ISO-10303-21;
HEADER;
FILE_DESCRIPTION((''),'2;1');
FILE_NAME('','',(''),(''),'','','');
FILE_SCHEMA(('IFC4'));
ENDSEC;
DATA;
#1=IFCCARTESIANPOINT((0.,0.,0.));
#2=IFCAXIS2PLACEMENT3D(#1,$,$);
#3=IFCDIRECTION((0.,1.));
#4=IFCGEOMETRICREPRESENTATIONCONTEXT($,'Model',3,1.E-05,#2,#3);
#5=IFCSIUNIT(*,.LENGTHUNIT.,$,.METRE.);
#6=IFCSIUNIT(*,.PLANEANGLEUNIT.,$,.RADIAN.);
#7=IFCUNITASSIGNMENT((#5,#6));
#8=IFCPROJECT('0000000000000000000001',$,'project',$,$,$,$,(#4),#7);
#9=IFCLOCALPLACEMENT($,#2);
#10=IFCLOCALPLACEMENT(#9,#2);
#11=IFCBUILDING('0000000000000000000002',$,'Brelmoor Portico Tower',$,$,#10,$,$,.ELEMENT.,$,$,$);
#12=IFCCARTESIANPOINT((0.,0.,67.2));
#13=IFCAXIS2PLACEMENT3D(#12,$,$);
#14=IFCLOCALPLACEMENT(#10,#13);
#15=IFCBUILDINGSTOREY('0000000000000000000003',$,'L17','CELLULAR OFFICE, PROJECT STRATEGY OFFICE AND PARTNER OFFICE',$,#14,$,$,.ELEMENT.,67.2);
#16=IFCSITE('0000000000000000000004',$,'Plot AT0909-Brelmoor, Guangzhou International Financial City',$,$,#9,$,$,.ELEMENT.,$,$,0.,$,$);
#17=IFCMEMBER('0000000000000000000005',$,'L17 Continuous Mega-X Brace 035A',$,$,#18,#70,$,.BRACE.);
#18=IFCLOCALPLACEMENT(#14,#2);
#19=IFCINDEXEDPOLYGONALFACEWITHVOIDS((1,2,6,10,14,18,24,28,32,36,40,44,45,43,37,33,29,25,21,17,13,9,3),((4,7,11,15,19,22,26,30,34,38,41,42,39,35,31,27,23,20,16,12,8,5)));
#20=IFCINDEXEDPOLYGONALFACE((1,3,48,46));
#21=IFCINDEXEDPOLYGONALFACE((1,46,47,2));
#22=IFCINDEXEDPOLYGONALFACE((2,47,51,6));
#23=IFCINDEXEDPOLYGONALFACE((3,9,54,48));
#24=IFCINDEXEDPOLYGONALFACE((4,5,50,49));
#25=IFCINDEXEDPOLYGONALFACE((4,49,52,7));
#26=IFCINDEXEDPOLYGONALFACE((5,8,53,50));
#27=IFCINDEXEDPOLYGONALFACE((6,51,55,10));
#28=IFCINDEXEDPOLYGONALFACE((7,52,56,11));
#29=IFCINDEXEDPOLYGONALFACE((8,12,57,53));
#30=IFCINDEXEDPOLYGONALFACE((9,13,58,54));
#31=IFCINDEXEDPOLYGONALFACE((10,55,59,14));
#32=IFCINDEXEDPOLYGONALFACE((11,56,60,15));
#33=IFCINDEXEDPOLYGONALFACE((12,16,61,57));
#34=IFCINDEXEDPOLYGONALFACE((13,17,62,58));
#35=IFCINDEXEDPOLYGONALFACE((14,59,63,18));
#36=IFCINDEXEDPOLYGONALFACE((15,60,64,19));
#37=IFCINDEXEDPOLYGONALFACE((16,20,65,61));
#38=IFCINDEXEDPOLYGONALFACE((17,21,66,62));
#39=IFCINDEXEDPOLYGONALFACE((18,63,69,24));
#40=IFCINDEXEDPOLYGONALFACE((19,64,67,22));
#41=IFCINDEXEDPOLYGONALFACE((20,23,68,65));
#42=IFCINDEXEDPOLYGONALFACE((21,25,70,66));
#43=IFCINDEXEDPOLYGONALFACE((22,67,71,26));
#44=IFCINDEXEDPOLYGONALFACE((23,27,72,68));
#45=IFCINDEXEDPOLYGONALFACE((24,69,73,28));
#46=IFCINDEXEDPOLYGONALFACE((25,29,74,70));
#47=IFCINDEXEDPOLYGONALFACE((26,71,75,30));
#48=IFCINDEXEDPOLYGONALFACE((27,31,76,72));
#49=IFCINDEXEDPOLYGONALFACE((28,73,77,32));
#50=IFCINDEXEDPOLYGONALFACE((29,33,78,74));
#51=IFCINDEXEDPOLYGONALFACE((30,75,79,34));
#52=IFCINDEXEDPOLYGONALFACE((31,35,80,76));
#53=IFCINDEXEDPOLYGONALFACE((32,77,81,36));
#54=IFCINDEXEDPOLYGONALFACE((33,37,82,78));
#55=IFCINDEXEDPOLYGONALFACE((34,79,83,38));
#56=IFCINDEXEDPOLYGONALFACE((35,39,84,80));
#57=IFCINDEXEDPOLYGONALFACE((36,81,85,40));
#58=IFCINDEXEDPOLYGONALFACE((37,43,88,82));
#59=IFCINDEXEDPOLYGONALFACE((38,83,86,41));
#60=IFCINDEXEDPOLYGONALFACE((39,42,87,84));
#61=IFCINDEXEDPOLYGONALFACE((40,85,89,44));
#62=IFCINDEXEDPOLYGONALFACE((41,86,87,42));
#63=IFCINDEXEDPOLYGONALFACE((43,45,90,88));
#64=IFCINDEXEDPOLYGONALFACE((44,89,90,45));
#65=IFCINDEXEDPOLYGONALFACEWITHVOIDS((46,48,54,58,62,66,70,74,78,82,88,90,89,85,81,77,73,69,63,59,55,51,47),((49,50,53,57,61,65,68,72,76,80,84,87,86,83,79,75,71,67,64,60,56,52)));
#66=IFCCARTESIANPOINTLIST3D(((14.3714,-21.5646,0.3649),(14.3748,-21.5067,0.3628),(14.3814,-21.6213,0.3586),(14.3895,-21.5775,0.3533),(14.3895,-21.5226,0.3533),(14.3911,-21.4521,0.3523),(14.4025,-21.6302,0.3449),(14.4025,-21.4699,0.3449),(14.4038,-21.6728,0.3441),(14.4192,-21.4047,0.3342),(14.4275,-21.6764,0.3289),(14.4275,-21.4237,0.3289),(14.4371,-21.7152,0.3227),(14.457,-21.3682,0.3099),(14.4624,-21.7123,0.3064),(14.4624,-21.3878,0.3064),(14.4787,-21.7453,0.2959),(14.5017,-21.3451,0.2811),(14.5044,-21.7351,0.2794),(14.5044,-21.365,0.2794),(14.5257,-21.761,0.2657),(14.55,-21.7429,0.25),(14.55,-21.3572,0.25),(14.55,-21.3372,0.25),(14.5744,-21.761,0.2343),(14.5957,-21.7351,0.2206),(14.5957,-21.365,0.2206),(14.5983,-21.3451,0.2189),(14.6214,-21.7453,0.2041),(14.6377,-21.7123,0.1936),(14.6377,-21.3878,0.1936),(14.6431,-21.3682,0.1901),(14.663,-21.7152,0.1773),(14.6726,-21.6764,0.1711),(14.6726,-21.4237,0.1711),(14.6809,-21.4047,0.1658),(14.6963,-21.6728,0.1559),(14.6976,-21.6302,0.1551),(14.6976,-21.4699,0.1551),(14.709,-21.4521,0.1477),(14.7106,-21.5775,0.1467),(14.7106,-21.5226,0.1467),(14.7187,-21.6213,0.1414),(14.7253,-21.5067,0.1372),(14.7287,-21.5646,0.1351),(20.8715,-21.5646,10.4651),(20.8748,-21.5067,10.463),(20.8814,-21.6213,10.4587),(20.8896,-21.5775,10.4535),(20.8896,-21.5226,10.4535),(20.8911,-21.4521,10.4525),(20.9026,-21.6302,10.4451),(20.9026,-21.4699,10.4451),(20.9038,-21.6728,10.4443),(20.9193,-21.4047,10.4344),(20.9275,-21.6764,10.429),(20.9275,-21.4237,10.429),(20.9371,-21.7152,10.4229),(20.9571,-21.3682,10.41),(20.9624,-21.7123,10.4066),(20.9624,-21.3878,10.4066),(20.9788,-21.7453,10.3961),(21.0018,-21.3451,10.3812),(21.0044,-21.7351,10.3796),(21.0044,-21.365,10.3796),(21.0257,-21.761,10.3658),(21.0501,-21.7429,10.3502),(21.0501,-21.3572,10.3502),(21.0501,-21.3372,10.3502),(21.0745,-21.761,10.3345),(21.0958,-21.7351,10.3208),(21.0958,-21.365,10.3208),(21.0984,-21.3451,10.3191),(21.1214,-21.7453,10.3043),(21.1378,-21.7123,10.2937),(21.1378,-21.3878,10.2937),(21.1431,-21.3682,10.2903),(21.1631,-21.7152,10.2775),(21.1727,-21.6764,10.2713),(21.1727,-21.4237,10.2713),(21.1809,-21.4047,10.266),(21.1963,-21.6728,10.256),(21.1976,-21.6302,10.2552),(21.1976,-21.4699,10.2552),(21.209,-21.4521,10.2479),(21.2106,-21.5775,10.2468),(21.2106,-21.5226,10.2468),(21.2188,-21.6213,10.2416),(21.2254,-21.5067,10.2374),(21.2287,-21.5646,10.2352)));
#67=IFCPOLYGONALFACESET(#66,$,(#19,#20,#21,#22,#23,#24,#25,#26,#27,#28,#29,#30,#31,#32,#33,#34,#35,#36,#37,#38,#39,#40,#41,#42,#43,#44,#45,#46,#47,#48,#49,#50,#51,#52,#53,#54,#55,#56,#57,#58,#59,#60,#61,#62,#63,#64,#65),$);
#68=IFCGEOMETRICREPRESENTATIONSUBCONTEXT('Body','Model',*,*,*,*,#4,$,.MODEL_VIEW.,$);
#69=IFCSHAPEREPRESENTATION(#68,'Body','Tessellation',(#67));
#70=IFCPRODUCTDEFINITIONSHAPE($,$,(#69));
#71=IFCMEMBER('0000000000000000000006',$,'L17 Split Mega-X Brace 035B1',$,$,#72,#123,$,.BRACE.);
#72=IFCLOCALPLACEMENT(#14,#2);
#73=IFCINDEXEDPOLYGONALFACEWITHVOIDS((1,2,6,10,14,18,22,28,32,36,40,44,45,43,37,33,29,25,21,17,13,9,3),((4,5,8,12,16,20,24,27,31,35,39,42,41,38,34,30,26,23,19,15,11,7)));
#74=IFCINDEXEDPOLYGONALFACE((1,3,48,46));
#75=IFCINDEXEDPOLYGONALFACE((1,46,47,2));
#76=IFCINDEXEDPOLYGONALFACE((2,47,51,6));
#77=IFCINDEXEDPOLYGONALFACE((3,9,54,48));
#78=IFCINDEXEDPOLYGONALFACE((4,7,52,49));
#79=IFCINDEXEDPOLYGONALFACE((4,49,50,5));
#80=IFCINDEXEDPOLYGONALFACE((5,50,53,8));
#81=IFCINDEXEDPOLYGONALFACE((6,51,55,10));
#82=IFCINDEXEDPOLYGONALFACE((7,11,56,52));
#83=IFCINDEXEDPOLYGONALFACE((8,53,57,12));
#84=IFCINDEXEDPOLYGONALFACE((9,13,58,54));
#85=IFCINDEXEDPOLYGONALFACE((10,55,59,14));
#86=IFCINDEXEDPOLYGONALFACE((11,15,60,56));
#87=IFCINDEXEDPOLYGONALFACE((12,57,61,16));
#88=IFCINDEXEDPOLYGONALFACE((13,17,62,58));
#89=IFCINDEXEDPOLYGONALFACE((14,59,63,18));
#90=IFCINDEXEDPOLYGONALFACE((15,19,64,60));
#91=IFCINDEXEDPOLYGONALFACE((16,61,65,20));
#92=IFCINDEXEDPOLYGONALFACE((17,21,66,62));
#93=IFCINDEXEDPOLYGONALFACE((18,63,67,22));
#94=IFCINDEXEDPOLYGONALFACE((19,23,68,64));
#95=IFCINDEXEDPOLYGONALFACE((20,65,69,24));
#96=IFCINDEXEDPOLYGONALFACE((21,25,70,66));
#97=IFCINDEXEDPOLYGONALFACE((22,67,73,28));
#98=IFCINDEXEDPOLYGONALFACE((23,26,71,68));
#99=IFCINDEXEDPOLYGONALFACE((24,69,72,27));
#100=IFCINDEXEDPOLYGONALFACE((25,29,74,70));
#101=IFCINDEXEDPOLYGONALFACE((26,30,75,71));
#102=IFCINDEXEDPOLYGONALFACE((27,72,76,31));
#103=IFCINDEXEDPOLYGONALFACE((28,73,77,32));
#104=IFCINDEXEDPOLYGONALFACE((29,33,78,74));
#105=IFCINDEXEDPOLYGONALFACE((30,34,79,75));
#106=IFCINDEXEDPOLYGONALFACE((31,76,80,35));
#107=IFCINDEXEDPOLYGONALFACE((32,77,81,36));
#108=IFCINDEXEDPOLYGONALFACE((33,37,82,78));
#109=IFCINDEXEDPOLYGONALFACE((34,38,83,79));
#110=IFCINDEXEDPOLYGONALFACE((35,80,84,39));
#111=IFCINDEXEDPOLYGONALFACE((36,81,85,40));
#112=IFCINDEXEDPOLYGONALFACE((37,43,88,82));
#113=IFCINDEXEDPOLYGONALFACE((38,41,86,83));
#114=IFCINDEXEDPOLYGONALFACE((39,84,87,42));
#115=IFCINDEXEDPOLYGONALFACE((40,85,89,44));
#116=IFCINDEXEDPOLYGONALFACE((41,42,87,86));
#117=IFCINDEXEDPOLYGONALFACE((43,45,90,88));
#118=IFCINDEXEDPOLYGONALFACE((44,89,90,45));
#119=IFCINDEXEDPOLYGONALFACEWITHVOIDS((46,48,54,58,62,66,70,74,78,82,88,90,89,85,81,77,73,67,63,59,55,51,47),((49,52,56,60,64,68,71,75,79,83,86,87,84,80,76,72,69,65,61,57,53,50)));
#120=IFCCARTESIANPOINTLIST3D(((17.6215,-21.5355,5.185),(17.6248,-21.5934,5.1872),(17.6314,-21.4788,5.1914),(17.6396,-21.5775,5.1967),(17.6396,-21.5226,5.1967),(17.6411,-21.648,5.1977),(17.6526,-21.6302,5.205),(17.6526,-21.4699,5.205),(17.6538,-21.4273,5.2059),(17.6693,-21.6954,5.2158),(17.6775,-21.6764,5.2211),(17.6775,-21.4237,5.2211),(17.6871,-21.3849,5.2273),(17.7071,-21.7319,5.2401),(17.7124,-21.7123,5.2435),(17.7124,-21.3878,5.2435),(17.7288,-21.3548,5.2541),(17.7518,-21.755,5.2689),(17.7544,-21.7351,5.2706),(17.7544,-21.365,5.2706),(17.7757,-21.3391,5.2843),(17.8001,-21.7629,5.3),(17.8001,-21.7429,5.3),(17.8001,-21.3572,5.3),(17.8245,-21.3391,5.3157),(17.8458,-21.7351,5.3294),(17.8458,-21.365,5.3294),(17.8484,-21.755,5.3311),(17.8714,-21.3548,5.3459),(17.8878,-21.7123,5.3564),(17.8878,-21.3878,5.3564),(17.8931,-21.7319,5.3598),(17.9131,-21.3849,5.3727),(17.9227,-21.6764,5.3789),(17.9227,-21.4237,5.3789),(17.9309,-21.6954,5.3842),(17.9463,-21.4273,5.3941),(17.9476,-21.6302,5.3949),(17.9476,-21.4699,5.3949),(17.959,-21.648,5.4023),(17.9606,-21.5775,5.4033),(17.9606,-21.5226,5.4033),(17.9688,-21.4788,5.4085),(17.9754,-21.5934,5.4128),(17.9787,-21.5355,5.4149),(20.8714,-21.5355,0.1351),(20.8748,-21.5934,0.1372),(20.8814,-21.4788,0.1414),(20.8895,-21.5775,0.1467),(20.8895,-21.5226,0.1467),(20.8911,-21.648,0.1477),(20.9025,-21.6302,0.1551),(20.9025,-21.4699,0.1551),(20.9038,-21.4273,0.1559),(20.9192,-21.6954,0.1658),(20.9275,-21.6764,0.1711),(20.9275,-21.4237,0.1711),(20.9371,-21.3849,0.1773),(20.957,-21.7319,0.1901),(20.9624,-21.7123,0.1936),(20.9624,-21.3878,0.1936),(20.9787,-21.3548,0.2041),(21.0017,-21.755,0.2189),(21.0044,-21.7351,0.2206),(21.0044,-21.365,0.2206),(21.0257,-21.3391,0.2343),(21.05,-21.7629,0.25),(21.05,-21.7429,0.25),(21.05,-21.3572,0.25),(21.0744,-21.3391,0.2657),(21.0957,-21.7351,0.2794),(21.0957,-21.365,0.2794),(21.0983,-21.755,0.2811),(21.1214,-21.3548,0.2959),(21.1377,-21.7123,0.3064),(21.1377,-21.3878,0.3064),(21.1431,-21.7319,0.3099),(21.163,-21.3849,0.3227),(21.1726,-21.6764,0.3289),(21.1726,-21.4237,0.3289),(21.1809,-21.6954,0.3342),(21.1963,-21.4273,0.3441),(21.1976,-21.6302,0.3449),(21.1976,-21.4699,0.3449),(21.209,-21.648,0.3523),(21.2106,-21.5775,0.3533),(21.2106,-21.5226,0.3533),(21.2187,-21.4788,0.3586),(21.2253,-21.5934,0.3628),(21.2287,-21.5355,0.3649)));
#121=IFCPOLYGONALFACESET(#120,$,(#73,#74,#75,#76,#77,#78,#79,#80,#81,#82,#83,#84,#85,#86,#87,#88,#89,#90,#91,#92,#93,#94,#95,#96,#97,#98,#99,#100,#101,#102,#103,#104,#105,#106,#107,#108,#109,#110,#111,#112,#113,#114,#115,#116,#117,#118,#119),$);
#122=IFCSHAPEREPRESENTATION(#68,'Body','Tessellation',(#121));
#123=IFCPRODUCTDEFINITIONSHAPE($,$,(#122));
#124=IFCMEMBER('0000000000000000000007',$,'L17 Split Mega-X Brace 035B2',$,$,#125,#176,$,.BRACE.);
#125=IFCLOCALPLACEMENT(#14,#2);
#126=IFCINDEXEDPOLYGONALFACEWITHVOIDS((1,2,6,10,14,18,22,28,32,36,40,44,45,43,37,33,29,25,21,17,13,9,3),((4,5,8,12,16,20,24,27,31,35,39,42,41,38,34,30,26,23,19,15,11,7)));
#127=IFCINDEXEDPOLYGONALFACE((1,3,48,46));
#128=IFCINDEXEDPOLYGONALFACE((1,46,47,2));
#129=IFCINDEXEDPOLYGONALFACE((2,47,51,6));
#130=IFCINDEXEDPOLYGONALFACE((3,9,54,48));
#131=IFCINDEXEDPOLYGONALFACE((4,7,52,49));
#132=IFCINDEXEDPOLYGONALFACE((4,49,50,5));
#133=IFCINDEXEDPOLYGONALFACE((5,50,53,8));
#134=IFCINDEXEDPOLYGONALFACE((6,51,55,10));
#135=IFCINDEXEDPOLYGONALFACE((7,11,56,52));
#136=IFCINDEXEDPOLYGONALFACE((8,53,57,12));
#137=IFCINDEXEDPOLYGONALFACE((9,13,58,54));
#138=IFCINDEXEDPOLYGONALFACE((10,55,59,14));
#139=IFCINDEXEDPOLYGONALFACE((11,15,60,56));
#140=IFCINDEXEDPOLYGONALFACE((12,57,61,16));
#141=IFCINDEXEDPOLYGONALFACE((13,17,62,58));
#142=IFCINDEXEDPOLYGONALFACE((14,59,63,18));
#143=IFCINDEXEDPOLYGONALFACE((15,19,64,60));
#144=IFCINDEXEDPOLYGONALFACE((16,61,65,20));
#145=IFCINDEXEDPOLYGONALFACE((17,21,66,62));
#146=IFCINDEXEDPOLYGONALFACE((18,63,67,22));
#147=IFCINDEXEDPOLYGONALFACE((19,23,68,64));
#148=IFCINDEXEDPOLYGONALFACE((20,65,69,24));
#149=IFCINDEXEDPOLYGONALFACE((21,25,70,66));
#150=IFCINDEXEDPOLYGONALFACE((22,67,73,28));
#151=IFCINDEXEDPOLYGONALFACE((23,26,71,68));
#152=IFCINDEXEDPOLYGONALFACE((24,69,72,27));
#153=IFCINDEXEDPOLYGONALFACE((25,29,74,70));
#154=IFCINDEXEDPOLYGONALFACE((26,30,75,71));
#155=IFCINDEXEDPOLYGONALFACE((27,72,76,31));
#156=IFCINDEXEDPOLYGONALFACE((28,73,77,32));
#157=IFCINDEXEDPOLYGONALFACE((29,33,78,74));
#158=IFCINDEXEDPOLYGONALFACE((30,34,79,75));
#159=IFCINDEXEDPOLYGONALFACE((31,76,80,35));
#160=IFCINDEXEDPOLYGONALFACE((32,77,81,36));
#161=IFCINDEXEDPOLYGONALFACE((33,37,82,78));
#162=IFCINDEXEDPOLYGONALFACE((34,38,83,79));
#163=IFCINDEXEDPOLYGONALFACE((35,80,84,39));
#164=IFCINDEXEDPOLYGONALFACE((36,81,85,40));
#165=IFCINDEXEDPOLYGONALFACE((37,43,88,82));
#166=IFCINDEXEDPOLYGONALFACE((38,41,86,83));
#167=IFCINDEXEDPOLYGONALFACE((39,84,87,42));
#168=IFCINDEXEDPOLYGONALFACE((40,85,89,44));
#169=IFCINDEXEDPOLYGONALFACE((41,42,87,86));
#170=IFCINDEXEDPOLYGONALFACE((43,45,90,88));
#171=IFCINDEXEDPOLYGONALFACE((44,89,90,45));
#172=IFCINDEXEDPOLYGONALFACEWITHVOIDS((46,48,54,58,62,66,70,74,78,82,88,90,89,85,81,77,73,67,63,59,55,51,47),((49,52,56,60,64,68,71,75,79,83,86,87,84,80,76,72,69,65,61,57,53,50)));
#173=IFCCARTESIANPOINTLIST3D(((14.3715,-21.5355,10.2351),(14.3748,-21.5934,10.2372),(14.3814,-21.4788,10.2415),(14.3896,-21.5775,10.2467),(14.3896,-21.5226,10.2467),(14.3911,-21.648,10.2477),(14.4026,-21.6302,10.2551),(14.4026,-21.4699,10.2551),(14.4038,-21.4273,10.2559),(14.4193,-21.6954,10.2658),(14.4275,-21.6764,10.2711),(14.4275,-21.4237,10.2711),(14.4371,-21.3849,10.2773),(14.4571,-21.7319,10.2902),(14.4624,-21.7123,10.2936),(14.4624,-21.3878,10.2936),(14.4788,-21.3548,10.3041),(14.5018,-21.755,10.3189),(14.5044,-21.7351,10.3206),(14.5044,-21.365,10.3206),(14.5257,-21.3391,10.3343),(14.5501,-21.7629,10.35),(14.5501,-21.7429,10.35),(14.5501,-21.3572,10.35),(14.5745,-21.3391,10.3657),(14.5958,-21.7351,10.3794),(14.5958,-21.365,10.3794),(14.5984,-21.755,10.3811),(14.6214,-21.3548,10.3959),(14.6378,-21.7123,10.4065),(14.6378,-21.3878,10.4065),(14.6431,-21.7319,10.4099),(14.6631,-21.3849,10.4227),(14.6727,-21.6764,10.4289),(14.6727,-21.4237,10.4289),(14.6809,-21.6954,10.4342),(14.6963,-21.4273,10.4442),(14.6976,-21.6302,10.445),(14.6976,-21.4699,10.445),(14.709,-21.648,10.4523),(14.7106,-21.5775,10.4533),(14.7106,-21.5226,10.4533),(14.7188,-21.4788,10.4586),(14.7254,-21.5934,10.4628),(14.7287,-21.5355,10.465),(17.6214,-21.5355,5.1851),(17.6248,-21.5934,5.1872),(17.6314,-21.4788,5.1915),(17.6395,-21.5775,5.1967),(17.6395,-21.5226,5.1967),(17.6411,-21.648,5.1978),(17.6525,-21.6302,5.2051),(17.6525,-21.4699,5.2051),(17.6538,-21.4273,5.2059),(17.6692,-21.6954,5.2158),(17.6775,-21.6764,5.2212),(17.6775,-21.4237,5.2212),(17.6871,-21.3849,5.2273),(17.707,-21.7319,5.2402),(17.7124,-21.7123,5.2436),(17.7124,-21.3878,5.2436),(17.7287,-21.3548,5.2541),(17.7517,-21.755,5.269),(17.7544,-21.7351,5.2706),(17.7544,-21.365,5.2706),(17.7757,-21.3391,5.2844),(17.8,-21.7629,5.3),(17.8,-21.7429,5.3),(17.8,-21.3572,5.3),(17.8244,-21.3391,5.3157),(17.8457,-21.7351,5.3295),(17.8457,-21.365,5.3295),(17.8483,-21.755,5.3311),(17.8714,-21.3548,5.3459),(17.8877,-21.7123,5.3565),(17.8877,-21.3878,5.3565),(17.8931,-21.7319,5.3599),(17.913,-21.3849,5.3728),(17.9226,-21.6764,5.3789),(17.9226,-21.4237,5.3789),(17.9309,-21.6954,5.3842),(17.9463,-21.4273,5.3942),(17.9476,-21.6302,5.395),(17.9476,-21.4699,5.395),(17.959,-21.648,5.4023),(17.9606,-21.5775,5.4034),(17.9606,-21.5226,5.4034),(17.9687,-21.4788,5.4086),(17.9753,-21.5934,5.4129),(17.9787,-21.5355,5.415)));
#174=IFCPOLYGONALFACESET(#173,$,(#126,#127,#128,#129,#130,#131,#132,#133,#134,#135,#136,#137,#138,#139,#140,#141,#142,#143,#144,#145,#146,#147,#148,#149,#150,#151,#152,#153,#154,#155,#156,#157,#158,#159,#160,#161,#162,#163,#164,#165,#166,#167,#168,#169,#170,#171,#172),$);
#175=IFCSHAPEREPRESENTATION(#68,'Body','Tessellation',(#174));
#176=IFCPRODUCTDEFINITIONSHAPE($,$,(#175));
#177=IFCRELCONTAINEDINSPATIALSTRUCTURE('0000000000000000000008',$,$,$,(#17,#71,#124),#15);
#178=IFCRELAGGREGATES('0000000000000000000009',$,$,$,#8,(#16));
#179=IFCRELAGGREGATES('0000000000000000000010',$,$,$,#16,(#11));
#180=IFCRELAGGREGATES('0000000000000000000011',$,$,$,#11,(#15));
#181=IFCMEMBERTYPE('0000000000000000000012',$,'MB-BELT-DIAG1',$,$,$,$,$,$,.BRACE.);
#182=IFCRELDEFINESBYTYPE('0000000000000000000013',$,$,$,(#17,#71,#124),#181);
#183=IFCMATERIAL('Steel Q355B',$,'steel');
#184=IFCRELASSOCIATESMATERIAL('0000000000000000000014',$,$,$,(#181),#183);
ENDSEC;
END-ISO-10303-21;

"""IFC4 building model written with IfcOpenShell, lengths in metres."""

from ifc_helpers import new_model, si_unit, direction, frame, origin, origin_2d, place, context, subcontext, project, spatial, hollow_circle, extrude, material, material_profile, profile_set, type_object, element, save


model = new_model("IFC4")

# Units and contexts
model_context = context("Model", 3, precision=1e-05, world=origin(), true_north=direction((0.0, 1.0)))
body_context = subcontext(model_context, "Body", "Model", "MODEL_VIEW")
ifc_project = project(units=[si_unit("LENGTHUNIT", "METRE"), si_unit("PLANEANGLEUNIT", "RADIAN")], contexts=[model_context])

# Site, building, storey
site_placement = place(None, origin())
site = spatial("IfcSite", under=ifc_project, at=site_placement, Name="Plot AT0909-Brelmoor, Guangzhou International Financial City", CompositionType="ELEMENT", RefElevation=0.0)
building_placement = place(site_placement, origin())
building = spatial("IfcBuilding", under=site, at=building_placement, Name="Brelmoor Portico Tower", CompositionType="ELEMENT")
storey_placement = place(building_placement, frame((0.0, 0.0, 67.2)))
storey = spatial("IfcBuildingStorey", under=building, at=storey_placement, Name="L17", Description="CELLULAR OFFICE, PROJECT STRATEGY OFFICE AND PARTNER OFFICE", CompositionType="ELEMENT", Elevation=67.2)

# Shared definitions
ifc_material_1 = material(Name="Steel Q355B", Category="steel")

# Members
ifc_material_profile_1 = material_profile(ifc_material_1, hollow_circle(Radius=0.2129, WallThickness=0.02, at=origin_2d()), Name="CHS 426x20")
ifc_profile_set_1 = profile_set([ifc_material_profile_1], Name="Steel Q355B")
member_type_1 = type_object("IfcMemberType", Name="MB-BELT-DIAG1", PredefinedType="BRACE", material=ifc_profile_set_1)
member_1_placement = place(storey_placement, frame((14.55, -21.55, 0.25), z_axis=(0.541175, 0.0, 0.84091), x_axis=(0.0, 1.0, 0.0)))
element("IfcMember", 1, at=member_1_placement, inside=storey, type_object=member_type_1, Name="L17 Continuous Mega-X Brace 035A", PredefinedType="BRACE", context=body_context, shape_type="SweptSolid", body=[
    extrude(hollow_circle(Radius=0.2129, WallThickness=0.02, at=origin_2d()), origin(), (0.0, 0.0, 1.0), 12.011),
])
for number, where, z_axis, x_axis, name in (
    (2, (21.05, -21.55, 0.25), (-0.541175, 0.0, 0.84091), (0.0, -1.0, 0.0), "L17 Split Mega-X Brace 035B1"),
    (3, (17.8, -21.55, 5.3), (-0.541175, 0.0, 0.84091), (0.0, -1.0, 0.0), "L17 Split Mega-X Brace 035B2"),
):
    element("IfcMember", number, at=place(storey_placement, frame(where, z_axis=z_axis, x_axis=x_axis)), inside=storey, type_object=member_type_1, Name=name, PredefinedType="BRACE", context=body_context, shape_type="SweptSolid", body=[
        extrude(hollow_circle(Radius=0.2129, WallThickness=0.02, at=origin_2d()), origin(), (0.0, 0.0, 1.0), 6.0054),
    ])

save(model, "model.ifc")
